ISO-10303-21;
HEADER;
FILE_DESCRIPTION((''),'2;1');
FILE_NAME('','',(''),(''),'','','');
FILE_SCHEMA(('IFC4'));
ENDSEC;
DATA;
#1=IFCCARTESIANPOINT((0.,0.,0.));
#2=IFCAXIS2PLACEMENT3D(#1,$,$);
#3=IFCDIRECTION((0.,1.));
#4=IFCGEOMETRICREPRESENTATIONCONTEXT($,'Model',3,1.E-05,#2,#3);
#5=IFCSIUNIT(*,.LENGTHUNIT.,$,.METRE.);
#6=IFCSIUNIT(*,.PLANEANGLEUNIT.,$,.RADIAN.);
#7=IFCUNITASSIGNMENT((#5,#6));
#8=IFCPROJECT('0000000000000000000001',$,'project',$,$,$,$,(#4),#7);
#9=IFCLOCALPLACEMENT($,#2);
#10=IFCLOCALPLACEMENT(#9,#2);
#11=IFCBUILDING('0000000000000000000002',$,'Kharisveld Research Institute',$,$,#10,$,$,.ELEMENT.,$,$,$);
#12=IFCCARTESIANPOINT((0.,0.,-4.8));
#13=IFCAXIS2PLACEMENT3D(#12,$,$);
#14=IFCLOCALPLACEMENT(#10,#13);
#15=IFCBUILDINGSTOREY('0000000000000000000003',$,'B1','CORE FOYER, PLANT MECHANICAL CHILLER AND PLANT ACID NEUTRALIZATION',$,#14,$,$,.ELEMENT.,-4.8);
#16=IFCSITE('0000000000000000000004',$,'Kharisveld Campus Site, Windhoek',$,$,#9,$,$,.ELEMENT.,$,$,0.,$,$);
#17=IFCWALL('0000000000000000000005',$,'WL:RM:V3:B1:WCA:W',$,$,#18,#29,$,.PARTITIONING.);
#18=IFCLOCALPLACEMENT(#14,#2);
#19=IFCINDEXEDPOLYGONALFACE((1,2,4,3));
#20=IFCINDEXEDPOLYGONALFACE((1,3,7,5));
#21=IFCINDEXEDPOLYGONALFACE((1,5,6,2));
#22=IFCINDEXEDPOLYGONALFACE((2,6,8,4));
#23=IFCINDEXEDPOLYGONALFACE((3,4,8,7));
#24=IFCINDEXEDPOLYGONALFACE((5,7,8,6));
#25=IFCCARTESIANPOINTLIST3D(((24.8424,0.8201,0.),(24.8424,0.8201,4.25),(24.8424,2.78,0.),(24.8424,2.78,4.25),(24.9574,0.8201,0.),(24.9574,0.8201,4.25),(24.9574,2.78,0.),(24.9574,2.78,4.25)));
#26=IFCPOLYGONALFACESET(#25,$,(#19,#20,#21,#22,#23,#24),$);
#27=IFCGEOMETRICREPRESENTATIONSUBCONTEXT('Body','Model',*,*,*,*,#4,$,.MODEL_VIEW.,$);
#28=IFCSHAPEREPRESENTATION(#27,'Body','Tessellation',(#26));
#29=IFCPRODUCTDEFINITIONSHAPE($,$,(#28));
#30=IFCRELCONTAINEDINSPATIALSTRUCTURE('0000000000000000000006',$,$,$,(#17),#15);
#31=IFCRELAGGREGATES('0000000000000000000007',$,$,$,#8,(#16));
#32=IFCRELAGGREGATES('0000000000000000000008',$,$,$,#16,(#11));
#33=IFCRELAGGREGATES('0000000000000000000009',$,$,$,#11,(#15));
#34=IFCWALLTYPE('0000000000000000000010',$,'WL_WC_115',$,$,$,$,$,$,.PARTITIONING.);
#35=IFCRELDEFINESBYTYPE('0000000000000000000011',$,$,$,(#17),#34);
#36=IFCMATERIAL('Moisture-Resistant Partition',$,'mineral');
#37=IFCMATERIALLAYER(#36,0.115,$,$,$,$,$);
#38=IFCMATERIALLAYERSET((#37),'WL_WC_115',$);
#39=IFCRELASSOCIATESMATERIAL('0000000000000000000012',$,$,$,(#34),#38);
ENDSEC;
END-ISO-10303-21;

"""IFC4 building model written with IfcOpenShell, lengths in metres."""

from ifc_helpers import new_model, si_unit, direction, frame, frame_2d, origin, place, context, subcontext, project, spatial, rectangle, extrude, material, layer, layer_set, type_object, element, save


model = new_model("IFC4")

# Units and contexts
model_context = context("Model", 3, precision=1e-05, world=origin(), true_north=direction((0.0, 1.0)))
body_context = subcontext(model_context, "Body", "Model", "MODEL_VIEW")
ifc_project = project(units=[si_unit("LENGTHUNIT", "METRE"), si_unit("PLANEANGLEUNIT", "RADIAN")], contexts=[model_context])

# Site, building, storey
site_placement = place(None, origin())
site = spatial("IfcSite", under=ifc_project, at=site_placement, Name="Kharisveld Campus Site, Windhoek", CompositionType="ELEMENT", RefElevation=0.0)
building_placement = place(site_placement, origin())
building = spatial("IfcBuilding", under=site, at=building_placement, Name="Kharisveld Research Institute", CompositionType="ELEMENT")
storey_placement = place(building_placement, frame((0.0, 0.0, -4.8)))
storey = spatial("IfcBuildingStorey", under=building, at=storey_placement, Name="B1", Description="CORE FOYER, PLANT MECHANICAL CHILLER AND PLANT ACID NEUTRALIZATION", CompositionType="ELEMENT", Elevation=-4.8)

# Shared definitions
ifc_material_1 = material(Name="Moisture-Resistant Partition", Category="mineral")
ifc_layer = layer(ifc_material_1, 0.115)
ifc_layer_set = layer_set([ifc_layer], Name="WL_WC_115")
wall_type = type_object("IfcWallType", Name="WL_WC_115", PredefinedType="PARTITIONING", material=ifc_layer_set)

# Wall
wall_1_placement = place(storey_placement, frame((24.8999, 2.78, 0.0), z_axis=(0.0, 0.0, 1.0), x_axis=(0.0, -1.0, 0.0)))
element("IfcWall", 1, at=wall_1_placement, inside=storey, type_object=wall_type, Name="WL:RM:V3:B1:WCA:W", PredefinedType="PARTITIONING", context=body_context, shape_type="SweptSolid", body=[
    extrude(rectangle(XDim=1.96, YDim=0.115, at=frame_2d((0.98, 0.0))), origin(), (0.0, 0.0, 1.0), 4.25),
])

save(model, "model.ifc")
